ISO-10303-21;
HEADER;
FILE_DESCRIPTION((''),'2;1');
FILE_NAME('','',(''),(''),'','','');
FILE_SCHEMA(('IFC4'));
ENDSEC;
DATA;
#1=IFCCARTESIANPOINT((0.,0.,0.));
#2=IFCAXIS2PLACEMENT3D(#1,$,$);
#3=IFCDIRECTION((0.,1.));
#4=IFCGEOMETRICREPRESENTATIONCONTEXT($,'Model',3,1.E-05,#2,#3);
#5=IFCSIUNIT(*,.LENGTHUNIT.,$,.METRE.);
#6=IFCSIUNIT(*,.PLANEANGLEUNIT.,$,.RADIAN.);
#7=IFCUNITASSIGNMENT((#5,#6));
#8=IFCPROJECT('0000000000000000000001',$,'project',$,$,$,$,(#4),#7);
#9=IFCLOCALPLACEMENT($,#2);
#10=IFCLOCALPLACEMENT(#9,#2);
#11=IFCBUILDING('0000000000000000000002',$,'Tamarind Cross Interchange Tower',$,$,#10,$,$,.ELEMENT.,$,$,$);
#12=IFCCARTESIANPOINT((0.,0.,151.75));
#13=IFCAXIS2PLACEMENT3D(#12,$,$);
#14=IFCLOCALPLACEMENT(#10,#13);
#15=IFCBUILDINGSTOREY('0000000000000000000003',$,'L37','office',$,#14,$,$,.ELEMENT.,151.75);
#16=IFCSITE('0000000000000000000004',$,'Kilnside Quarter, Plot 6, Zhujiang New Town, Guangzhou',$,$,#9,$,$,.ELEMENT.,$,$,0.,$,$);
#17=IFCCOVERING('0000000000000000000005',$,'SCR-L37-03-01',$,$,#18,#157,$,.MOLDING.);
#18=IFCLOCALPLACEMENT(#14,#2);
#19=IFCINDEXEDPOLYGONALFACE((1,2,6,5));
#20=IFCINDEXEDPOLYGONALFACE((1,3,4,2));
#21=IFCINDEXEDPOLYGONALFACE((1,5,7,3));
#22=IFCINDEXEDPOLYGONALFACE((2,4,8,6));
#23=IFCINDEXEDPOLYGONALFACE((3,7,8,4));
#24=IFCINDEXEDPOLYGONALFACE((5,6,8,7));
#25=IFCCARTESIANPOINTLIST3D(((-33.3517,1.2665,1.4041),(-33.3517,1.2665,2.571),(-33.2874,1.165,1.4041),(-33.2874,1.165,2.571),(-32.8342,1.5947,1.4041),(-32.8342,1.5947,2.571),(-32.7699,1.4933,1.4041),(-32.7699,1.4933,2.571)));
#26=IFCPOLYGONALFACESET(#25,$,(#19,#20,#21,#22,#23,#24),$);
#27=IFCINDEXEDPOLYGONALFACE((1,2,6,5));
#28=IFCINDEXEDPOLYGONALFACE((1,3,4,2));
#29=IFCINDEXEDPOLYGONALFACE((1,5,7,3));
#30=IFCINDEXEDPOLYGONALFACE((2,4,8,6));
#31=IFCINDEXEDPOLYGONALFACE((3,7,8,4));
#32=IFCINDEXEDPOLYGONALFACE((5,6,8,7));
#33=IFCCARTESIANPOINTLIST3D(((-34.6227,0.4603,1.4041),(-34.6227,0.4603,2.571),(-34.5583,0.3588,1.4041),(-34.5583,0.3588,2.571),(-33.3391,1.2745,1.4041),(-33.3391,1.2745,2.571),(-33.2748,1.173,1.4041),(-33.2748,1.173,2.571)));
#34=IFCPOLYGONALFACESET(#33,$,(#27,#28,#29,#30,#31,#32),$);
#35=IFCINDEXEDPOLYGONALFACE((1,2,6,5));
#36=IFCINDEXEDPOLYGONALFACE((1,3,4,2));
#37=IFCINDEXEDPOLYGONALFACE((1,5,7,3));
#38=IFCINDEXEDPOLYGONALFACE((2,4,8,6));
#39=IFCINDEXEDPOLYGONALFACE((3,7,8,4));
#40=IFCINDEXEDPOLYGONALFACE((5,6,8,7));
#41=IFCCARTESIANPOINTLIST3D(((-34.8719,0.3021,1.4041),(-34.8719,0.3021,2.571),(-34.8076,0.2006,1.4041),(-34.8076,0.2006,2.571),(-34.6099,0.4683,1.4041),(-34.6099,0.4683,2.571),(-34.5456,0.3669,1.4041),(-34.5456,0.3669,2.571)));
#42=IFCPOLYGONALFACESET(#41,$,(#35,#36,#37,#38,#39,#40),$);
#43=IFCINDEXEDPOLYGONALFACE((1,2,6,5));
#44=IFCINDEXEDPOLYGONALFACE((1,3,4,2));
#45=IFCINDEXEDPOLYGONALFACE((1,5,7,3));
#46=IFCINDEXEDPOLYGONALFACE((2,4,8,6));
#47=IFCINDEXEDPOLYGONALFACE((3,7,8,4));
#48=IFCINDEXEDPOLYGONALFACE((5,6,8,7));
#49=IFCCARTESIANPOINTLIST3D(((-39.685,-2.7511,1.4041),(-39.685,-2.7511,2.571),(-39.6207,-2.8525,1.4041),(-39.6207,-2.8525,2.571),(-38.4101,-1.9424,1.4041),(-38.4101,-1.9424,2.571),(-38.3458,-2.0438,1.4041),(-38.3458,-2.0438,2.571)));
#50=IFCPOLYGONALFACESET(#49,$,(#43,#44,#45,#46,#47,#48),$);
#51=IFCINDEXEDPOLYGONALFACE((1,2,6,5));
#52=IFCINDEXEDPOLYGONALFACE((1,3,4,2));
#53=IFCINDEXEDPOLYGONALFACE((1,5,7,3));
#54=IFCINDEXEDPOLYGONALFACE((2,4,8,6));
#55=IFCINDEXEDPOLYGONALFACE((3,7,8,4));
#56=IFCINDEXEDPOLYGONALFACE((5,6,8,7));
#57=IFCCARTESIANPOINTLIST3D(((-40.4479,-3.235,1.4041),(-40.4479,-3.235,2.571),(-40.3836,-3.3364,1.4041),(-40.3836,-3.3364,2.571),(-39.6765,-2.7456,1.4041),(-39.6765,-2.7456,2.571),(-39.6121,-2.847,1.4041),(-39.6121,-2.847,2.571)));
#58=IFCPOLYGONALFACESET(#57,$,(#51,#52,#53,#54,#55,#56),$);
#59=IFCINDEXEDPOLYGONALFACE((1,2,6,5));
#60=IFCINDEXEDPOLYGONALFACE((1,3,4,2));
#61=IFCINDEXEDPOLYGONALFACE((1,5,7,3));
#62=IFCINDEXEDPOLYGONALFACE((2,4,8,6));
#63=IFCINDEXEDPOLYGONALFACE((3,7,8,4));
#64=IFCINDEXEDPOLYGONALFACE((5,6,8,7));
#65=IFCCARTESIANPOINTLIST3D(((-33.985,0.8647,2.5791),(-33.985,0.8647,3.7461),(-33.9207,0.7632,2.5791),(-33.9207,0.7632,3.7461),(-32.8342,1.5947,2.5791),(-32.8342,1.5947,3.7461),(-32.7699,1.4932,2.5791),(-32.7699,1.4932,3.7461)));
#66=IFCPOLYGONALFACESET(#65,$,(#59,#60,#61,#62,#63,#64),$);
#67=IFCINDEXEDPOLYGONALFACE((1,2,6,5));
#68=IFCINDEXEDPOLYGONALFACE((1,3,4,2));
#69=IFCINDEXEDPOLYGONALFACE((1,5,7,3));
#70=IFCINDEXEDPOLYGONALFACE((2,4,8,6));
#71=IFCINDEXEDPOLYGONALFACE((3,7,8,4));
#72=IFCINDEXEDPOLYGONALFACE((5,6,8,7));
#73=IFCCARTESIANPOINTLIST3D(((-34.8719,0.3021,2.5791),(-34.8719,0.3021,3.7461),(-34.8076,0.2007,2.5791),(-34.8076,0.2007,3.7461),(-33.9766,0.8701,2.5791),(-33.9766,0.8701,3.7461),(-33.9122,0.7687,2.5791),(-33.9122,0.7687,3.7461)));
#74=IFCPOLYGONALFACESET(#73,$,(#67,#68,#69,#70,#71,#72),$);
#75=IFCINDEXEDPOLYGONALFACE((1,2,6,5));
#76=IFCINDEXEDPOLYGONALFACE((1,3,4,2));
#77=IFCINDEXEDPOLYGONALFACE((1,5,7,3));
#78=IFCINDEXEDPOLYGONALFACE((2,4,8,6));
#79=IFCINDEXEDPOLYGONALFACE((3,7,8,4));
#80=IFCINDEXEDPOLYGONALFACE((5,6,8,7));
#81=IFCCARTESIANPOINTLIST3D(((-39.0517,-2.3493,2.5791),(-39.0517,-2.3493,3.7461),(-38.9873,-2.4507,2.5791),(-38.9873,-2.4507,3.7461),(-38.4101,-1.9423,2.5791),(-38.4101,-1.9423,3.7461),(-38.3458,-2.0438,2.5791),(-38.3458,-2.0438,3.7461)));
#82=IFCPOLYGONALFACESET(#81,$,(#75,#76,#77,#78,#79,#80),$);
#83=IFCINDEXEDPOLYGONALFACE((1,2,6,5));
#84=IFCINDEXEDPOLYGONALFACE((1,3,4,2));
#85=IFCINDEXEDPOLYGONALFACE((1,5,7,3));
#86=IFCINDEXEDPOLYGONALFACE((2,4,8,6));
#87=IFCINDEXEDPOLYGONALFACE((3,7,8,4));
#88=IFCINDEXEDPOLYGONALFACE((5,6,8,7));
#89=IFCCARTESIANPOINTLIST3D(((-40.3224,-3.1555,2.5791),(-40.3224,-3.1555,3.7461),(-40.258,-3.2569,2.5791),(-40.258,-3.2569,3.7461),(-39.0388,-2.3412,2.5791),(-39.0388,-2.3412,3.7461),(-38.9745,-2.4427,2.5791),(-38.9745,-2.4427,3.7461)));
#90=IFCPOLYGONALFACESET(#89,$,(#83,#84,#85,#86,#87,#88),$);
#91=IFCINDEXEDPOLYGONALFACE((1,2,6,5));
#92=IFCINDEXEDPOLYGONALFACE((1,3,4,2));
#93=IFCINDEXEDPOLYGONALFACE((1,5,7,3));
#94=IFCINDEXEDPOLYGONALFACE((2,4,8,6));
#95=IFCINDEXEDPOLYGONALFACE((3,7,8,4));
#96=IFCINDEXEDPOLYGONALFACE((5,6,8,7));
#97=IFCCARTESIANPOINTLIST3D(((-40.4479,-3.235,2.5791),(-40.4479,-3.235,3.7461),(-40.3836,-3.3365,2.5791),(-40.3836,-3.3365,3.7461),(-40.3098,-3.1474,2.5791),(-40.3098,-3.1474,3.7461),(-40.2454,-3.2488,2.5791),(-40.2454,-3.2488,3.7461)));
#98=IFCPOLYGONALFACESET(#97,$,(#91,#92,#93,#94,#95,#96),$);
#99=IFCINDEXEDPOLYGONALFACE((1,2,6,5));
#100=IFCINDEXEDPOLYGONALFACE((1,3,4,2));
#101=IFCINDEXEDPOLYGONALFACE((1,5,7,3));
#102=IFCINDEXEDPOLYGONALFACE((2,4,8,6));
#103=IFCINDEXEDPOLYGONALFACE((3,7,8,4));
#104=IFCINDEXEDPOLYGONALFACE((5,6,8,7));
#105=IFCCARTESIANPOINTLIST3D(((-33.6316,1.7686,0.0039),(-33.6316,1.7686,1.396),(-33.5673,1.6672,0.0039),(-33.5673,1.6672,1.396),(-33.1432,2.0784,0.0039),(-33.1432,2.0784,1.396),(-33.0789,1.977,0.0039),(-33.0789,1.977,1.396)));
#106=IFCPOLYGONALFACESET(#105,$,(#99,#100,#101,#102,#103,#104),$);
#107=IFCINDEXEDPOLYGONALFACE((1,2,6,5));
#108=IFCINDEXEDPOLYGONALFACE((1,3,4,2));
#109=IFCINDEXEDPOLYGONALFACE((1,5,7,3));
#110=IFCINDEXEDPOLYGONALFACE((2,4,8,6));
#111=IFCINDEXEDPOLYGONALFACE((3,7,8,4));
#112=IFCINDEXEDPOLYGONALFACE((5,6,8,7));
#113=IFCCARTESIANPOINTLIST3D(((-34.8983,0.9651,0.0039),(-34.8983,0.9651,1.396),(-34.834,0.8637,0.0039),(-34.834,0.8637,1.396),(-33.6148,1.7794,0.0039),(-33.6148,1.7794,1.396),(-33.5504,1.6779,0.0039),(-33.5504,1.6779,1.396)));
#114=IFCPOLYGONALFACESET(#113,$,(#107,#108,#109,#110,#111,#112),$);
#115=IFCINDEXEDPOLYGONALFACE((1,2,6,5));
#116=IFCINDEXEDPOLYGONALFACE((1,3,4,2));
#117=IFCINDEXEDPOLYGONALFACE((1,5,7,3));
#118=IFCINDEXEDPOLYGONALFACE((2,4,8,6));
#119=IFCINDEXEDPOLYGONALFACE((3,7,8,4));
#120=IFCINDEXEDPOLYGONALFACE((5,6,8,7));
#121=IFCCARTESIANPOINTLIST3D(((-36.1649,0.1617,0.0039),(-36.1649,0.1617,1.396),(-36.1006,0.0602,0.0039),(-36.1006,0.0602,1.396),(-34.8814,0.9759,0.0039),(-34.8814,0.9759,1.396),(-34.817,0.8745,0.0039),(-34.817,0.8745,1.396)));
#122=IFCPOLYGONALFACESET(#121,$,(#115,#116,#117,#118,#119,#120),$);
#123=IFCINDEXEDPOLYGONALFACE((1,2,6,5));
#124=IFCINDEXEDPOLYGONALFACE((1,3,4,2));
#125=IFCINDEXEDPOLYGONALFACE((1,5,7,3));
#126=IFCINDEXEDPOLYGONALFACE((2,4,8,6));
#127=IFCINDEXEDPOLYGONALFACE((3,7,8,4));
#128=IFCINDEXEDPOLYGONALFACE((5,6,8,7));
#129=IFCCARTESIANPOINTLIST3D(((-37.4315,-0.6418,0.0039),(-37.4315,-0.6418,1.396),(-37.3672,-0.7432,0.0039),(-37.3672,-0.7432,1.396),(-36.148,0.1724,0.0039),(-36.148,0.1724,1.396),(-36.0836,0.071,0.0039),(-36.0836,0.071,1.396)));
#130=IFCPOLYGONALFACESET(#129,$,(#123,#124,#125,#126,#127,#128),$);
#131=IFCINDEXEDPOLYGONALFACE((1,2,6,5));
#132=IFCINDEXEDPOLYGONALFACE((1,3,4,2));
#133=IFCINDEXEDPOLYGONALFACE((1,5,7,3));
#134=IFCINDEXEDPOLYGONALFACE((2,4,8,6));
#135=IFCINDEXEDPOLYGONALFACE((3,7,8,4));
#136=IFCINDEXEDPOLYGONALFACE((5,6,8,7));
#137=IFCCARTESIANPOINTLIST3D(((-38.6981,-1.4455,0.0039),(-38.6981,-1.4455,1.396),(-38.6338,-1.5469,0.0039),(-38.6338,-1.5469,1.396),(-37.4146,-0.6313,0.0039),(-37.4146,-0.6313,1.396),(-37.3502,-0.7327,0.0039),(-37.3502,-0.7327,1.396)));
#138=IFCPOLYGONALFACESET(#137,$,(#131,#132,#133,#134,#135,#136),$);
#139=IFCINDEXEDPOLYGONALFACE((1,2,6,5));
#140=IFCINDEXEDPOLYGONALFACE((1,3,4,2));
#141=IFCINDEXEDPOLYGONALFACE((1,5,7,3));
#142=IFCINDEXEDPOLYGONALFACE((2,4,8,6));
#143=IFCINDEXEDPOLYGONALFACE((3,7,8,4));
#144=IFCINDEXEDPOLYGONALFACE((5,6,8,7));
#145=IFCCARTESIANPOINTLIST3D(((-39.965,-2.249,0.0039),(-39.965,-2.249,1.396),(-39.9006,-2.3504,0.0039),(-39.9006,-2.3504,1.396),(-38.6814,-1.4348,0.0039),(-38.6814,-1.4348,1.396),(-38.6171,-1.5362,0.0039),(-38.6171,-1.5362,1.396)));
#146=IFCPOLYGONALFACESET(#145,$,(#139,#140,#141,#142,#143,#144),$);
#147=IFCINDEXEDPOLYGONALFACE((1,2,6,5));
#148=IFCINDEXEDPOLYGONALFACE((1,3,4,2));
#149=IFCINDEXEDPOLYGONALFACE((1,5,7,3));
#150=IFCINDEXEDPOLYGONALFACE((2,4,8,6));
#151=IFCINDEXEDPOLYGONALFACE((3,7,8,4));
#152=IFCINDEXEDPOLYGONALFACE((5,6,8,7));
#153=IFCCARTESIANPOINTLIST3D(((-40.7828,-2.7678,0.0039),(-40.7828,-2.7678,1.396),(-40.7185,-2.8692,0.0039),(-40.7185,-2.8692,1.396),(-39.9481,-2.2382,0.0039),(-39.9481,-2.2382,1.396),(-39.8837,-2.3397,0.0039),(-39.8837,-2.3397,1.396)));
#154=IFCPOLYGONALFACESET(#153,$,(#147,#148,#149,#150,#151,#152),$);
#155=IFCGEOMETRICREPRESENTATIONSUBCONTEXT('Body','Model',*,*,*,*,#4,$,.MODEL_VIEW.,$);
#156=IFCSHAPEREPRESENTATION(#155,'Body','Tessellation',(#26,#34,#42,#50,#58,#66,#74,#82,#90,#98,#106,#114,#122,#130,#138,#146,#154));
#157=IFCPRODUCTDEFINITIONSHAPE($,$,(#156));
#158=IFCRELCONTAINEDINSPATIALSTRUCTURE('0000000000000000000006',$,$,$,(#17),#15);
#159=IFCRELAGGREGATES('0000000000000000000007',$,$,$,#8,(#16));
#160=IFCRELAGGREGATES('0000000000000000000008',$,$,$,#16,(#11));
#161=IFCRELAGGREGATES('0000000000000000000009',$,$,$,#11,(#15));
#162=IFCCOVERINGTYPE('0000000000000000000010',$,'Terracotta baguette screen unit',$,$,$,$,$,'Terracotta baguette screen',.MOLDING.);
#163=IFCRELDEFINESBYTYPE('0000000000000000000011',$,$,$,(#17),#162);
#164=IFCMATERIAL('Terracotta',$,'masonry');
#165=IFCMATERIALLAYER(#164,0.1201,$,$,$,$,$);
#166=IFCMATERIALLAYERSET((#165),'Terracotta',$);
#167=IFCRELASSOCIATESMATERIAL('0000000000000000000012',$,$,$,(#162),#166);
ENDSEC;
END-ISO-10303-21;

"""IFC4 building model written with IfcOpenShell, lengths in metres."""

from ifc_helpers import new_model, si_unit, direction, frame, origin, origin_2d, place, context, subcontext, project, spatial, rectangle, extrude, material, layer, layer_set, type_object, element, save


model = new_model("IFC4")

# Units and contexts
model_context = context("Model", 3, precision=1e-05, world=origin(), true_north=direction((0.0, 1.0)))
body_context = subcontext(model_context, "Body", "Model", "MODEL_VIEW")
ifc_project = project(units=[si_unit("LENGTHUNIT", "METRE"), si_unit("PLANEANGLEUNIT", "RADIAN")], contexts=[model_context])

# Site, building, storey
site_placement = place(None, origin())
site = spatial("IfcSite", under=ifc_project, at=site_placement, Name="Kilnside Quarter, Plot 6, Zhujiang New Town, Guangzhou", CompositionType="ELEMENT", RefElevation=0.0)
building_placement = place(site_placement, origin())
building = spatial("IfcBuilding", under=site, at=building_placement, Name="Tamarind Cross Interchange Tower", CompositionType="ELEMENT")
storey_placement = place(building_placement, frame((0.0, 0.0, 151.75)))
storey = spatial("IfcBuildingStorey", under=building, at=storey_placement, Name="L37", Description="office", CompositionType="ELEMENT", Elevation=151.75)

# Covering
ifc_material_1 = material(Name="Terracotta", Category="masonry")
ifc_layer_1 = layer(ifc_material_1, 0.1201)
ifc_layer_set_1 = layer_set([ifc_layer_1], Name="Terracotta")
covering_type = type_object("IfcCoveringType", Name="Terracotta baguette screen unit", ElementType="Terracotta baguette screen", PredefinedType="MOLDING", material=ifc_layer_set_1)
covering_1_placement = place(storey_placement, origin())
element("IfcCovering", 1, at=covering_1_placement, inside=storey, type_object=covering_type, Name="SCR-L37-03-01", PredefinedType="MOLDING", context=body_context, shape_type="SweptSolid", body=[
    extrude(rectangle(XDim=0.6128, YDim=0.1201, at=origin_2d()), frame((-33.0608, 1.3799, 1.4041), z_axis=(0.0, 0.0, 1.0), x_axis=(-0.844433, -0.535662, 0.0)), (0.0, 0.0, 1.0), 1.167),
    extrude(rectangle(XDim=1.52, YDim=0.1201, at=origin_2d()), frame((-33.9487, 0.8167, 1.4041), z_axis=(0.0, 0.0, 1.0), x_axis=(-0.844433, -0.535662, 0.0)), (0.0, 0.0, 1.0), 1.167),
    extrude(rectangle(XDim=0.3103, YDim=0.1201, at=origin_2d()), frame((-34.7087, 0.3345, 1.4041), z_axis=(0.0, 0.0, 1.0), x_axis=(-0.844433, -0.535662, 0.0)), (0.0, 0.0, 1.0), 1.167),
    extrude(rectangle(XDim=1.5098, YDim=0.1201, at=origin_2d()), frame((-39.0154, -2.3975, 1.4041), z_axis=(0.0, 0.0, 1.0), x_axis=(-0.844433, -0.535662, 0.0)), (0.0, 0.0, 1.0), 1.167),
    extrude(rectangle(XDim=0.9136, YDim=0.1201, at=origin_2d()), frame((-40.03, -3.041, 1.4041), z_axis=(0.0, 0.0, 1.0), x_axis=(-0.844433, -0.535662, 0.0)), (0.0, 0.0, 1.0), 1.167),
    extrude(rectangle(XDim=1.3628, YDim=0.1201, at=origin_2d()), frame((-33.3774, 1.179, 2.5791), z_axis=(0.0, 0.0, 1.0), x_axis=(-0.844433, -0.535662, 0.0)), (0.0, 0.0, 1.0), 1.167),
    extrude(rectangle(XDim=1.0603, YDim=0.1201, at=origin_2d()), frame((-34.3921, 0.5354, 2.5791), z_axis=(0.0, 0.0, 1.0), x_axis=(-0.844433, -0.535662, 0.0)), (0.0, 0.0, 1.0), 1.167),
    extrude(rectangle(XDim=0.7598, YDim=0.1201, at=origin_2d()), frame((-38.6987, -2.1965, 2.5791), z_axis=(0.0, 0.0, 1.0), x_axis=(-0.844433, -0.535662, 0.0)), (0.0, 0.0, 1.0), 1.167),
    extrude(rectangle(XDim=1.52, YDim=0.1201, at=origin_2d()), frame((-39.6484, -2.7991, 2.5791), z_axis=(0.0, 0.0, 1.0), x_axis=(-0.844433, -0.535662, 0.0)), (0.0, 0.0, 1.0), 1.167),
    extrude(rectangle(XDim=0.1636, YDim=0.1201, at=origin_2d()), frame((-40.3467, -3.2419, 2.5791), z_axis=(0.0, 0.0, 1.0), x_axis=(-0.844433, -0.535662, 0.0)), (0.0, 0.0, 1.0), 1.167),
    extrude(rectangle(XDim=0.5784, YDim=0.1201, at=origin_2d()), frame((-33.3552, 1.8728, 0.0039), z_axis=(0.0, 0.0, 1.0), x_axis=(-0.844433, -0.535662, 0.0)), (0.0, 0.0, 1.0), 1.3921),
    extrude(rectangle(XDim=1.52, YDim=0.1201, at=origin_2d()), frame((-34.2244, 1.3215, 0.0039), z_axis=(0.0, 0.0, 1.0), x_axis=(-0.844433, -0.535662, 0.0)), (0.0, 0.0, 1.0), 1.3921),
    extrude(rectangle(XDim=1.52, YDim=0.1201, at=origin_2d()), frame((-35.491, 0.5181, 0.0039), z_axis=(0.0, 0.0, 1.0), x_axis=(-0.844433, -0.535662, 0.0)), (0.0, 0.0, 1.0), 1.3921),
    extrude(rectangle(XDim=1.52, YDim=0.1201, at=origin_2d()), frame((-36.7576, -0.2854, 0.0039), z_axis=(0.0, 0.0, 1.0), x_axis=(-0.844433, -0.535662, 0.0)), (0.0, 0.0, 1.0), 1.3921),
    extrude(rectangle(XDim=1.52, YDim=0.1201, at=origin_2d()), frame((-38.0242, -1.0891, 0.0039), z_axis=(0.0, 0.0, 1.0), x_axis=(-0.844433, -0.535662, 0.0)), (0.0, 0.0, 1.0), 1.3921),
    extrude(rectangle(XDim=1.52, YDim=0.1201, at=origin_2d()), frame((-39.291, -1.8926, 0.0039), z_axis=(0.0, 0.0, 1.0), x_axis=(-0.844433, -0.535662, 0.0)), (0.0, 0.0, 1.0), 1.3921),
    extrude(rectangle(XDim=0.9885, YDim=0.1201, at=origin_2d()), frame((-40.3333, -2.5537, 0.0039), z_axis=(0.0, 0.0, 1.0), x_axis=(-0.844433, -0.535662, 0.0)), (0.0, 0.0, 1.0), 1.3921),
])

save(model, "model.ifc")
